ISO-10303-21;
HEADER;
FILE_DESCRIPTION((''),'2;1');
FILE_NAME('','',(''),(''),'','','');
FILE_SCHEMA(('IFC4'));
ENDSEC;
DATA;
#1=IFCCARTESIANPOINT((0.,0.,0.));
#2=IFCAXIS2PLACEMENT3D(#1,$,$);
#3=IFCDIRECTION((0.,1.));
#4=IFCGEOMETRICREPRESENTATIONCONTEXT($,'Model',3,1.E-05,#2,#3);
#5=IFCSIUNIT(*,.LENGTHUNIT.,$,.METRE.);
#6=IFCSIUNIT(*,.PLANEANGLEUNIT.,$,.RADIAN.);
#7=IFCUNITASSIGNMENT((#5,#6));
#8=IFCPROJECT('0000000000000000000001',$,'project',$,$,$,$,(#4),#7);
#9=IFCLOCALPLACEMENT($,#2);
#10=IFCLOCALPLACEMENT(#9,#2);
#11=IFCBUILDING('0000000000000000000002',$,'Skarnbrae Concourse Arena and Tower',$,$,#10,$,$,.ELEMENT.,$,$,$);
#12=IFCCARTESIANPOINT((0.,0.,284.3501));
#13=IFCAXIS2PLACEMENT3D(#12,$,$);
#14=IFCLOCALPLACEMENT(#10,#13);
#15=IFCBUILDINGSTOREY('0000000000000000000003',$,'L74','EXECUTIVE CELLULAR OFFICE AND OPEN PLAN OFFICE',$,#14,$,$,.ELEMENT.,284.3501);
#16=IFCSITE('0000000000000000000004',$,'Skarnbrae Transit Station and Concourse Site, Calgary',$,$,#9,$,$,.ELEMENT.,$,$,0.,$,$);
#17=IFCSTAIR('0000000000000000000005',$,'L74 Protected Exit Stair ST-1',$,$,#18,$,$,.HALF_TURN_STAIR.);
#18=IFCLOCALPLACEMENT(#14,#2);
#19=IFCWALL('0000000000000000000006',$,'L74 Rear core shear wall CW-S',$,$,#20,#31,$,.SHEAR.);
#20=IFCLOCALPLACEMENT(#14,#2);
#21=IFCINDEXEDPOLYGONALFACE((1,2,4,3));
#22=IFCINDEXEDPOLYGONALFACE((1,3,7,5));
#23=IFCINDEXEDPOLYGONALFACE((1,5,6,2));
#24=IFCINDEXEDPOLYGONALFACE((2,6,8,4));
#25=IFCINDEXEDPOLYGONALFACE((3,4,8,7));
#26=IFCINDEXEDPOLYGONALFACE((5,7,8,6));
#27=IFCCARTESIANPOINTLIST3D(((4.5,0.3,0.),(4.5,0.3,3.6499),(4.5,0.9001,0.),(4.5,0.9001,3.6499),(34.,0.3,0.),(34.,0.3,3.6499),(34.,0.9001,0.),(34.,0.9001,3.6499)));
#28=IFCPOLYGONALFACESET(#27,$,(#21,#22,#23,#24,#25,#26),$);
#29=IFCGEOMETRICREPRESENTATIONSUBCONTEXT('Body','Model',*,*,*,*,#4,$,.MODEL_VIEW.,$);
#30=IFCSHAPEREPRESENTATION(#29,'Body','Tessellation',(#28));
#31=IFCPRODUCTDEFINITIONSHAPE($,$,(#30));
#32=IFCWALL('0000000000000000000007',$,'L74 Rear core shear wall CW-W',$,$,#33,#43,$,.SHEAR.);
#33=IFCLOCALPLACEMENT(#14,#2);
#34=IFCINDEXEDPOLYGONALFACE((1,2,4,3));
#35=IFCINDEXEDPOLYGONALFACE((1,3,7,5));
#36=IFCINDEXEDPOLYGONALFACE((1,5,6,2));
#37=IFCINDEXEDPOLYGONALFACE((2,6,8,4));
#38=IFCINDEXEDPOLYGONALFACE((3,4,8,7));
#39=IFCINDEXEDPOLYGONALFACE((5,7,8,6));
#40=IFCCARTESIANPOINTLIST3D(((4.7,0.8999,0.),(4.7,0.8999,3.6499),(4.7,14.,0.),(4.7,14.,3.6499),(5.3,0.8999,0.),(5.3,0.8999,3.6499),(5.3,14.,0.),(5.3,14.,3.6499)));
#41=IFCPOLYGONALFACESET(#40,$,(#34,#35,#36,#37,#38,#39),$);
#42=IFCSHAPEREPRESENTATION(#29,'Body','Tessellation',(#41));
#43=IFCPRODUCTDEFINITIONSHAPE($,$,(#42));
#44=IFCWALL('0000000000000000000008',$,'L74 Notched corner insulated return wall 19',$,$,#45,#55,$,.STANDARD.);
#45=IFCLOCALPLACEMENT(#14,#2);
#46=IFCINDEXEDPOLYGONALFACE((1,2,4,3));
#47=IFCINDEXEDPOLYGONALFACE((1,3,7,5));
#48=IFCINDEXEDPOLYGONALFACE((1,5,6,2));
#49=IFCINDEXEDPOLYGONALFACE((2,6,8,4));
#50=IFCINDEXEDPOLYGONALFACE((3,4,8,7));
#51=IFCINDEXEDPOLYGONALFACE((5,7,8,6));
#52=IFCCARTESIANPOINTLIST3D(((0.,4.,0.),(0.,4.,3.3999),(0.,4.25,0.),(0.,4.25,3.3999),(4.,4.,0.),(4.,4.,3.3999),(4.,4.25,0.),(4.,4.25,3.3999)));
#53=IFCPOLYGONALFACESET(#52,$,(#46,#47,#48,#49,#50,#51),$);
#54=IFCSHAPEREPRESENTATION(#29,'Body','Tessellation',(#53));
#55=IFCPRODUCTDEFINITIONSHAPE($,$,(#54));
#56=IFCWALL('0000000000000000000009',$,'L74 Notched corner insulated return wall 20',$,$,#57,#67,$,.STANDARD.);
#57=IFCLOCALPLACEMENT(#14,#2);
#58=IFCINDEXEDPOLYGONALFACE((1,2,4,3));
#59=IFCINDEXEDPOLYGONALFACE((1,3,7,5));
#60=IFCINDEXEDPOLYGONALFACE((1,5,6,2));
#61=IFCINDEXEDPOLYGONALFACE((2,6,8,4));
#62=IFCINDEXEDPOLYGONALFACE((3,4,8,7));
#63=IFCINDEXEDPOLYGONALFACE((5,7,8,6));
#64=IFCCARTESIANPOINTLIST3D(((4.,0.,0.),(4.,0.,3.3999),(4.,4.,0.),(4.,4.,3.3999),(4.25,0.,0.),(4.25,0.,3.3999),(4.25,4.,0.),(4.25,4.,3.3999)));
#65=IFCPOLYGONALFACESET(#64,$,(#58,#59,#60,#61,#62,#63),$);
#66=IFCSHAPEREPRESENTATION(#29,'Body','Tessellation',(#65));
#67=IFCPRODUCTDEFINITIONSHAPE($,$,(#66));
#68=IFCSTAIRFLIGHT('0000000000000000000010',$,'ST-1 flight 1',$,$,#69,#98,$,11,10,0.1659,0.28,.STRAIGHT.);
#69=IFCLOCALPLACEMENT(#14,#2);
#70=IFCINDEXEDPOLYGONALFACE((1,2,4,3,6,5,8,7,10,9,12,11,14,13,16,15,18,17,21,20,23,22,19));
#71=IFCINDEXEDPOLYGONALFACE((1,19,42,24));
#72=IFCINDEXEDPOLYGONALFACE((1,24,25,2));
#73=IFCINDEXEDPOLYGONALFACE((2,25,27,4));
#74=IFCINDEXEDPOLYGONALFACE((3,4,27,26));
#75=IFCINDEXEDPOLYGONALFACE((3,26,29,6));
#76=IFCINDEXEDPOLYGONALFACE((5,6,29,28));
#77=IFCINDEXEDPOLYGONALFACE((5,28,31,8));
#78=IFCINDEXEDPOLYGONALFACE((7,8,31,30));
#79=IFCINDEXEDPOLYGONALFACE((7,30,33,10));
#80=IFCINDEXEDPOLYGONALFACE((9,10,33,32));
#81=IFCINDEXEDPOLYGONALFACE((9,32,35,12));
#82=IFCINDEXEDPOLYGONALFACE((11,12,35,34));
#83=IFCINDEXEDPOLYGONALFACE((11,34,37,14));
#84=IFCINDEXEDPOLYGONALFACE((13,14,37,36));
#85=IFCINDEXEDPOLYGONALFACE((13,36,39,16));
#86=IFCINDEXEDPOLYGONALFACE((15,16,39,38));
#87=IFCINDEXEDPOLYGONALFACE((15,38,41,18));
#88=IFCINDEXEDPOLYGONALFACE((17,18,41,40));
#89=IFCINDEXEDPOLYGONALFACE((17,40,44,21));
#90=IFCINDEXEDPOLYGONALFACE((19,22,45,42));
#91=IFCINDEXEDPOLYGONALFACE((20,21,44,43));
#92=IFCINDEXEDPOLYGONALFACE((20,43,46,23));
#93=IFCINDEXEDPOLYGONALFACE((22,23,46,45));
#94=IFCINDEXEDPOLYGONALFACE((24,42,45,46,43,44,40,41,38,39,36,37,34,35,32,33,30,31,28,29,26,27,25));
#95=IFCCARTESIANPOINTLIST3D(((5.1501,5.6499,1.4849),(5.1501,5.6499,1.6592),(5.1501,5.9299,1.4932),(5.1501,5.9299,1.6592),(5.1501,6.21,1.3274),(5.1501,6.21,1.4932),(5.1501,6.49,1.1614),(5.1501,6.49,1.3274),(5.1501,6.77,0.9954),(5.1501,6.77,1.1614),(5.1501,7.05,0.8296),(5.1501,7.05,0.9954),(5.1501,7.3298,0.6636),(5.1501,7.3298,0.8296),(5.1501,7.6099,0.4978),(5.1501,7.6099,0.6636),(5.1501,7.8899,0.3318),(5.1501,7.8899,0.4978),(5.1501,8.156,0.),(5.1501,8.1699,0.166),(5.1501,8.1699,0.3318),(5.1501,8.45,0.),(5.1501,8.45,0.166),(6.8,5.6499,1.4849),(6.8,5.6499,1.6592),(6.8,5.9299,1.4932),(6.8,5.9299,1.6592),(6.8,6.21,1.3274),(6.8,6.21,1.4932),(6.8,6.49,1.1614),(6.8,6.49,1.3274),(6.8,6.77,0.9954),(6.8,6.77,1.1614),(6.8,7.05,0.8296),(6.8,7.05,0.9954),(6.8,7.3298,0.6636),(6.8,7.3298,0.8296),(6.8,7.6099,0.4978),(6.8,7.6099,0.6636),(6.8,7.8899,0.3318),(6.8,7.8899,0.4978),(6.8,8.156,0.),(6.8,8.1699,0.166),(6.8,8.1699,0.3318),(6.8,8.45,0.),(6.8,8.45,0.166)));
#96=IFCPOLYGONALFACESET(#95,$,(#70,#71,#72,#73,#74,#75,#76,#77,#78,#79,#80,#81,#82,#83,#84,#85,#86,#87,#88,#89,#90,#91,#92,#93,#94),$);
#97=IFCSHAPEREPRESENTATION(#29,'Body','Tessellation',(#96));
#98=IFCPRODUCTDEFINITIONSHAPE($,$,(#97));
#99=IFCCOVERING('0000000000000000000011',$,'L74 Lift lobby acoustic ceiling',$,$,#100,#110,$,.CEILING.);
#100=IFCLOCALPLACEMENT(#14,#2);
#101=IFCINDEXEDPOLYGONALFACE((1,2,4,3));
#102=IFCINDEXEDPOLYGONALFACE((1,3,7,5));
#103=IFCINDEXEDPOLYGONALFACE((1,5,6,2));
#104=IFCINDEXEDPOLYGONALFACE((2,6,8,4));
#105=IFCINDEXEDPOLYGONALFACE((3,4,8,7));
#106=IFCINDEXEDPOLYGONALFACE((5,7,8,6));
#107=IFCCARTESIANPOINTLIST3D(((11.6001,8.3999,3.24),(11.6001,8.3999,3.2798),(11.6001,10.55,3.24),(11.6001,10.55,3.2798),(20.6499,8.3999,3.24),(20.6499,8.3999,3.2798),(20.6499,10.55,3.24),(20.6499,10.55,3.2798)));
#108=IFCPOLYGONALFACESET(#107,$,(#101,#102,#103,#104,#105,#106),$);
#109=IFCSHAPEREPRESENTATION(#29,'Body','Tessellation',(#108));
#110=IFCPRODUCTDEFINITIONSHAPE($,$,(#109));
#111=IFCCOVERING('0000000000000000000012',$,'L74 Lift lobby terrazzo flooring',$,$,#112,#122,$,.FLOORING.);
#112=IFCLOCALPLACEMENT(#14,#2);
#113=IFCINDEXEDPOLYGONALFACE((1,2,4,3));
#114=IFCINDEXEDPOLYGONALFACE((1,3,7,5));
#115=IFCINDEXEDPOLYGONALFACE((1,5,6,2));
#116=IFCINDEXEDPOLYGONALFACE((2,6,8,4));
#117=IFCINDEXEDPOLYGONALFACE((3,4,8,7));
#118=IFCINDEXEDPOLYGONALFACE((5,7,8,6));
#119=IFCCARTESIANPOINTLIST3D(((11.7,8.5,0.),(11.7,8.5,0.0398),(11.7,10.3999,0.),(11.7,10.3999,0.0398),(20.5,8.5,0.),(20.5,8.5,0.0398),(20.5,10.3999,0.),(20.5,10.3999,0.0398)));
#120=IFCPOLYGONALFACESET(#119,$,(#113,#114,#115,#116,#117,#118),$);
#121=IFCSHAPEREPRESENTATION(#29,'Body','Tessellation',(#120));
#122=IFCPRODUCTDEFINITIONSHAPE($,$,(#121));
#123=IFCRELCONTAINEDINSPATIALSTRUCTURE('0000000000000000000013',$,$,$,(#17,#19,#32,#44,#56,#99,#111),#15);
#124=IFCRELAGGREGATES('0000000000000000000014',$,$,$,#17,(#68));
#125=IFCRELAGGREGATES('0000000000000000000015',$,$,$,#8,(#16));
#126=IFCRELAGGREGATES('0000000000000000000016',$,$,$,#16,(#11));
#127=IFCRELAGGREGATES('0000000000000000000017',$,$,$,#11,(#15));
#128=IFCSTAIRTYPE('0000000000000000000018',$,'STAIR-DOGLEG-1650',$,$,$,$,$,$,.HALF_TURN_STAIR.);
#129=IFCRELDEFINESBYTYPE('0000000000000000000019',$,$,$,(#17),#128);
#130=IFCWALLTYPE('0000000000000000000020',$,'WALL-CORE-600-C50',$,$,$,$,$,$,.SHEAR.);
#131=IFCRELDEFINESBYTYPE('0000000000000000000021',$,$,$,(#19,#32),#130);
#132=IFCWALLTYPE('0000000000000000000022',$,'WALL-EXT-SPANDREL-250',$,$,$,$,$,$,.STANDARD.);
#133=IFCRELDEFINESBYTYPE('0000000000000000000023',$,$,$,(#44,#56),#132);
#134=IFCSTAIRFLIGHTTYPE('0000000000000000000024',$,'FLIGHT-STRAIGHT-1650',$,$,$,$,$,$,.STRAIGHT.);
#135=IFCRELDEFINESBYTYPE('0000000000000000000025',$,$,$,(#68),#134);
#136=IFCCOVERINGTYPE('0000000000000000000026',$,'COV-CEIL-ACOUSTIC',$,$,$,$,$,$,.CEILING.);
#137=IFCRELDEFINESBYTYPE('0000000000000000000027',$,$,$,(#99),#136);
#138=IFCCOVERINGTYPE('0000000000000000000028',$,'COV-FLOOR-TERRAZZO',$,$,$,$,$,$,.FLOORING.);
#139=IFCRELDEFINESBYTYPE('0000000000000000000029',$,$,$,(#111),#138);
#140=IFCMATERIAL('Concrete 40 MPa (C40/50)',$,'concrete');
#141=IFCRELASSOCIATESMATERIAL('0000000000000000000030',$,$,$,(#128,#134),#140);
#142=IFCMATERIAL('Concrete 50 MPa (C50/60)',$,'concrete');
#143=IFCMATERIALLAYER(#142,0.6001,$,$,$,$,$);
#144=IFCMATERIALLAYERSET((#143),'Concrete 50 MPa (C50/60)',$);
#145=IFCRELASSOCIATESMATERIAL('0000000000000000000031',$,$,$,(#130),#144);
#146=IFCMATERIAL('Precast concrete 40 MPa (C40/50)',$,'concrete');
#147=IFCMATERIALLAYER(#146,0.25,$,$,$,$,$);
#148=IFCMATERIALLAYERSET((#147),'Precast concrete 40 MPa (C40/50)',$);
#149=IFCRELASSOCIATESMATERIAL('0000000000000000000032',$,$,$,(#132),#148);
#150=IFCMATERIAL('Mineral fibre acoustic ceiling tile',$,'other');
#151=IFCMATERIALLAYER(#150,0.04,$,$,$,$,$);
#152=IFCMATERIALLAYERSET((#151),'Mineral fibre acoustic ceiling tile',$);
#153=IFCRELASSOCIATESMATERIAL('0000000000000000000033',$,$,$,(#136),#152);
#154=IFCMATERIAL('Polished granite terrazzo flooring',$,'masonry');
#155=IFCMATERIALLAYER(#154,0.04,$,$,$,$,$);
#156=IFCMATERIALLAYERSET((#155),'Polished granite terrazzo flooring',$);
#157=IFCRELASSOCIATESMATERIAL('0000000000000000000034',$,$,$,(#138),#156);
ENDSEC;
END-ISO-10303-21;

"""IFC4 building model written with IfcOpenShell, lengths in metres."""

from ifc_helpers import new_model, si_unit, direction, frame, frame_2d, origin, place, context, subcontext, project, spatial, polyline, rectangle, outline, extrude, source, transform, mapped, material, layer, layer_set, type_object, element, aggregate, save


model = new_model("IFC4")

# Units and contexts
model_context = context("Model", 3, precision=1e-05, world=origin(), true_north=direction((0.0, 1.0)))
body_context = subcontext(model_context, "Body", "Model", "MODEL_VIEW")
ifc_project = project(units=[si_unit("LENGTHUNIT", "METRE"), si_unit("PLANEANGLEUNIT", "RADIAN")], contexts=[model_context])

# Site, building, storey
site_placement = place(None, origin())
site = spatial("IfcSite", under=ifc_project, at=site_placement, Name="Skarnbrae Transit Station and Concourse Site, Calgary", CompositionType="ELEMENT", RefElevation=0.0)
building_placement = place(site_placement, origin())
building = spatial("IfcBuilding", under=site, at=building_placement, Name="Skarnbrae Concourse Arena and Tower", CompositionType="ELEMENT")
storey_placement = place(building_placement, frame((0.0, 0.0, 284.3501)))
storey = spatial("IfcBuildingStorey", under=building, at=storey_placement, Name="L74", Description="EXECUTIVE CELLULAR OFFICE AND OPEN PLAN OFFICE", CompositionType="ELEMENT", Elevation=284.3501)

# Stair
ifc_material_1 = material(Name="Concrete 40 MPa (C40/50)", Category="concrete")
stair_type = type_object("IfcStairType", Name="STAIR-DOGLEG-1650", PredefinedType="HALF_TURN_STAIR", material=ifc_material_1)
stair_1_placement = place(storey_placement, origin())
stair_1 = element("IfcStair", 1, at=stair_1_placement, inside=storey, type_object=stair_type, Name="L74 Protected Exit Stair ST-1", PredefinedType="HALF_TURN_STAIR")

# Walls
ifc_material_2 = material(Name="Concrete 50 MPa (C50/60)", Category="concrete")
ifc_layer_1 = layer(ifc_material_2, 0.6001)
ifc_layer_set_1 = layer_set([ifc_layer_1], Name="Concrete 50 MPa (C50/60)")
wall_type_1 = type_object("IfcWallType", Name="WALL-CORE-600-C50", PredefinedType="SHEAR", material=ifc_layer_set_1)
shared_shape_1 = source(origin(), body_context, "Body", "SweptSolid", [
    extrude(rectangle(XDim=29.5, YDim=0.6001, at=frame_2d((14.75, 0.0))), origin(), (0.0, 0.0, 1.0), 3.6499),
])
wall_1_placement = place(storey_placement, frame((4.5, 0.6001, 0.0), z_axis=(0.0, 0.0, 1.0), x_axis=(1.0, 0.0, 0.0)))
element("IfcWall", 2, at=wall_1_placement, inside=storey, type_object=wall_type_1, Name="L74 Rear core shear wall CW-S", PredefinedType="SHEAR", context=body_context, shape_type="MappedRepresentation", body=[
    mapped(shared_shape_1, transform((0.0, 0.0, 0.0))),
])
shared_shape_2 = source(origin(), body_context, "Body", "SweptSolid", [
    extrude(rectangle(XDim=13.1001, YDim=0.6001, at=frame_2d((6.55, 0.0))), origin(), (0.0, 0.0, 1.0), 3.6499),
])
wall_2_placement = place(storey_placement, frame((5.0, 0.8999, 0.0), z_axis=(0.0, 0.0, 1.0), x_axis=(0.0, 1.0, 0.0)))
element("IfcWall", 3, at=wall_2_placement, inside=storey, type_object=wall_type_1, Name="L74 Rear core shear wall CW-W", PredefinedType="SHEAR", context=body_context, shape_type="MappedRepresentation", body=[
    mapped(shared_shape_2, transform((0.0, 0.0, 0.0))),
])
ifc_material_3 = material(Name="Precast concrete 40 MPa (C40/50)", Category="concrete")
ifc_layer_2 = layer(ifc_material_3, 0.25)
ifc_layer_set_2 = layer_set([ifc_layer_2], Name="Precast concrete 40 MPa (C40/50)")
wall_type_2 = type_object("IfcWallType", Name="WALL-EXT-SPANDREL-250", PredefinedType="STANDARD", material=ifc_layer_set_2)
shared_shape_3 = source(origin(), body_context, "Body", "SweptSolid", [
    extrude(rectangle(XDim=4.0, YDim=0.25, at=frame_2d((2.0, 0.0))), origin(), (0.0, 0.0, 1.0), 3.3999),
])
for number, where, z_axis, x_axis, name in (
    (4, (0.0, 4.125, 0.0), (0.0, 0.0, 1.0), (1.0, 0.0, 0.0), "L74 Notched corner insulated return wall 19"),
    (5, (4.125, 4.0, 0.0), (0.0, 0.0, 1.0), (0.0, -1.0, 0.0), "L74 Notched corner insulated return wall 20"),
):
    element("IfcWall", number, at=place(storey_placement, frame(where, z_axis=z_axis, x_axis=x_axis)), inside=storey, type_object=wall_type_2, Name=name, PredefinedType="STANDARD", context=body_context, shape_type="MappedRepresentation", body=[
        mapped(shared_shape_3, transform((0.0, 0.0, 0.0))),
    ])

# Stair flight
stair_flight_type = type_object("IfcStairFlightType", Name="FLIGHT-STRAIGHT-1650", PredefinedType="STRAIGHT", material=ifc_material_1)
shared_shape_4 = source(origin(), body_context, "Body", "SweptSolid", [
    extrude(outline(polyline([(0.0, 0.0), (0.0, 0.166), (0.28, 0.166), (0.28, 0.3318), (0.5601, 0.3318), (0.5601, 0.4978), (0.8401, 0.4978), (0.8401, 0.6636), (1.1201, 0.6636), (1.1201, 0.8296), (1.3999, 0.8296), (1.3999, 0.9954), (1.6799, 0.9954), (1.6799, 1.1614), (1.96, 1.1614), (1.96, 1.3274), (2.24, 1.3274), (2.24, 1.4932), (2.52, 1.4932), (2.52, 1.6592), (2.8, 1.6592), (2.8, 1.825), (2.8, 1.4849), (0.2939, 0.0), (0.0, 0.0)])), frame((0.0, 0.825, 0.0), z_axis=(0.0, -1.0, 0.0), x_axis=(1.0, 0.0, 0.0)), (0.0, 0.0, 1.0), 1.6499),
])
stair_flight_placement = place(storey_placement, frame((5.9751, 8.45, 0.0), z_axis=(0.0, 0.0, 1.0), x_axis=(0.0, -1.0, 0.0)))
stair_flight = element("IfcStairFlight", 6, at=stair_flight_placement, type_object=stair_flight_type, Name="ST-1 flight 1", NumberOfRisers=11, NumberOfTreads=10, PredefinedType="STRAIGHT", RiserHeight=0.1659, TreadLength=0.28, context=body_context, shape_type="MappedRepresentation", body=[
    mapped(shared_shape_4, transform((0.0, 0.0, 0.0))),
])
aggregate(stair_1, [stair_flight])

# Coverings
ifc_material_4 = material(Name="Mineral fibre acoustic ceiling tile", Category="other")
ifc_layer_3 = layer(ifc_material_4, 0.04)
ifc_layer_set_3 = layer_set([ifc_layer_3], Name="Mineral fibre acoustic ceiling tile")
covering_type_1 = type_object("IfcCoveringType", Name="COV-CEIL-ACOUSTIC", PredefinedType="CEILING", material=ifc_layer_set_3)
covering_1_placement = place(storey_placement, frame((0.0, 0.0, 3.24)))
element("IfcCovering", 7, at=covering_1_placement, inside=storey, type_object=covering_type_1, Name="L74 Lift lobby acoustic ceiling", PredefinedType="CEILING", context=body_context, shape_type="SweptSolid", body=[
    extrude(outline(polyline([(11.6001, 8.3999), (20.6499, 8.3999), (20.6499, 10.55), (11.6001, 10.55), (11.6001, 8.3999)])), origin(), (0.0, 0.0, 1.0), 0.0398),
])
ifc_material_5 = material(Name="Polished granite terrazzo flooring", Category="masonry")
ifc_layer_4 = layer(ifc_material_5, 0.04)
ifc_layer_set_4 = layer_set([ifc_layer_4], Name="Polished granite terrazzo flooring")
covering_type_2 = type_object("IfcCoveringType", Name="COV-FLOOR-TERRAZZO", PredefinedType="FLOORING", material=ifc_layer_set_4)
covering_2_placement = place(storey_placement, origin())
element("IfcCovering", 8, at=covering_2_placement, inside=storey, type_object=covering_type_2, Name="L74 Lift lobby terrazzo flooring", PredefinedType="FLOORING", context=body_context, shape_type="SweptSolid", body=[
    extrude(outline(polyline([(11.7, 8.5), (20.5, 8.5), (20.5, 10.3999), (11.7, 10.3999), (11.7, 8.5)])), origin(), (0.0, 0.0, 1.0), 0.0398),
])

save(model, "model.ifc")
